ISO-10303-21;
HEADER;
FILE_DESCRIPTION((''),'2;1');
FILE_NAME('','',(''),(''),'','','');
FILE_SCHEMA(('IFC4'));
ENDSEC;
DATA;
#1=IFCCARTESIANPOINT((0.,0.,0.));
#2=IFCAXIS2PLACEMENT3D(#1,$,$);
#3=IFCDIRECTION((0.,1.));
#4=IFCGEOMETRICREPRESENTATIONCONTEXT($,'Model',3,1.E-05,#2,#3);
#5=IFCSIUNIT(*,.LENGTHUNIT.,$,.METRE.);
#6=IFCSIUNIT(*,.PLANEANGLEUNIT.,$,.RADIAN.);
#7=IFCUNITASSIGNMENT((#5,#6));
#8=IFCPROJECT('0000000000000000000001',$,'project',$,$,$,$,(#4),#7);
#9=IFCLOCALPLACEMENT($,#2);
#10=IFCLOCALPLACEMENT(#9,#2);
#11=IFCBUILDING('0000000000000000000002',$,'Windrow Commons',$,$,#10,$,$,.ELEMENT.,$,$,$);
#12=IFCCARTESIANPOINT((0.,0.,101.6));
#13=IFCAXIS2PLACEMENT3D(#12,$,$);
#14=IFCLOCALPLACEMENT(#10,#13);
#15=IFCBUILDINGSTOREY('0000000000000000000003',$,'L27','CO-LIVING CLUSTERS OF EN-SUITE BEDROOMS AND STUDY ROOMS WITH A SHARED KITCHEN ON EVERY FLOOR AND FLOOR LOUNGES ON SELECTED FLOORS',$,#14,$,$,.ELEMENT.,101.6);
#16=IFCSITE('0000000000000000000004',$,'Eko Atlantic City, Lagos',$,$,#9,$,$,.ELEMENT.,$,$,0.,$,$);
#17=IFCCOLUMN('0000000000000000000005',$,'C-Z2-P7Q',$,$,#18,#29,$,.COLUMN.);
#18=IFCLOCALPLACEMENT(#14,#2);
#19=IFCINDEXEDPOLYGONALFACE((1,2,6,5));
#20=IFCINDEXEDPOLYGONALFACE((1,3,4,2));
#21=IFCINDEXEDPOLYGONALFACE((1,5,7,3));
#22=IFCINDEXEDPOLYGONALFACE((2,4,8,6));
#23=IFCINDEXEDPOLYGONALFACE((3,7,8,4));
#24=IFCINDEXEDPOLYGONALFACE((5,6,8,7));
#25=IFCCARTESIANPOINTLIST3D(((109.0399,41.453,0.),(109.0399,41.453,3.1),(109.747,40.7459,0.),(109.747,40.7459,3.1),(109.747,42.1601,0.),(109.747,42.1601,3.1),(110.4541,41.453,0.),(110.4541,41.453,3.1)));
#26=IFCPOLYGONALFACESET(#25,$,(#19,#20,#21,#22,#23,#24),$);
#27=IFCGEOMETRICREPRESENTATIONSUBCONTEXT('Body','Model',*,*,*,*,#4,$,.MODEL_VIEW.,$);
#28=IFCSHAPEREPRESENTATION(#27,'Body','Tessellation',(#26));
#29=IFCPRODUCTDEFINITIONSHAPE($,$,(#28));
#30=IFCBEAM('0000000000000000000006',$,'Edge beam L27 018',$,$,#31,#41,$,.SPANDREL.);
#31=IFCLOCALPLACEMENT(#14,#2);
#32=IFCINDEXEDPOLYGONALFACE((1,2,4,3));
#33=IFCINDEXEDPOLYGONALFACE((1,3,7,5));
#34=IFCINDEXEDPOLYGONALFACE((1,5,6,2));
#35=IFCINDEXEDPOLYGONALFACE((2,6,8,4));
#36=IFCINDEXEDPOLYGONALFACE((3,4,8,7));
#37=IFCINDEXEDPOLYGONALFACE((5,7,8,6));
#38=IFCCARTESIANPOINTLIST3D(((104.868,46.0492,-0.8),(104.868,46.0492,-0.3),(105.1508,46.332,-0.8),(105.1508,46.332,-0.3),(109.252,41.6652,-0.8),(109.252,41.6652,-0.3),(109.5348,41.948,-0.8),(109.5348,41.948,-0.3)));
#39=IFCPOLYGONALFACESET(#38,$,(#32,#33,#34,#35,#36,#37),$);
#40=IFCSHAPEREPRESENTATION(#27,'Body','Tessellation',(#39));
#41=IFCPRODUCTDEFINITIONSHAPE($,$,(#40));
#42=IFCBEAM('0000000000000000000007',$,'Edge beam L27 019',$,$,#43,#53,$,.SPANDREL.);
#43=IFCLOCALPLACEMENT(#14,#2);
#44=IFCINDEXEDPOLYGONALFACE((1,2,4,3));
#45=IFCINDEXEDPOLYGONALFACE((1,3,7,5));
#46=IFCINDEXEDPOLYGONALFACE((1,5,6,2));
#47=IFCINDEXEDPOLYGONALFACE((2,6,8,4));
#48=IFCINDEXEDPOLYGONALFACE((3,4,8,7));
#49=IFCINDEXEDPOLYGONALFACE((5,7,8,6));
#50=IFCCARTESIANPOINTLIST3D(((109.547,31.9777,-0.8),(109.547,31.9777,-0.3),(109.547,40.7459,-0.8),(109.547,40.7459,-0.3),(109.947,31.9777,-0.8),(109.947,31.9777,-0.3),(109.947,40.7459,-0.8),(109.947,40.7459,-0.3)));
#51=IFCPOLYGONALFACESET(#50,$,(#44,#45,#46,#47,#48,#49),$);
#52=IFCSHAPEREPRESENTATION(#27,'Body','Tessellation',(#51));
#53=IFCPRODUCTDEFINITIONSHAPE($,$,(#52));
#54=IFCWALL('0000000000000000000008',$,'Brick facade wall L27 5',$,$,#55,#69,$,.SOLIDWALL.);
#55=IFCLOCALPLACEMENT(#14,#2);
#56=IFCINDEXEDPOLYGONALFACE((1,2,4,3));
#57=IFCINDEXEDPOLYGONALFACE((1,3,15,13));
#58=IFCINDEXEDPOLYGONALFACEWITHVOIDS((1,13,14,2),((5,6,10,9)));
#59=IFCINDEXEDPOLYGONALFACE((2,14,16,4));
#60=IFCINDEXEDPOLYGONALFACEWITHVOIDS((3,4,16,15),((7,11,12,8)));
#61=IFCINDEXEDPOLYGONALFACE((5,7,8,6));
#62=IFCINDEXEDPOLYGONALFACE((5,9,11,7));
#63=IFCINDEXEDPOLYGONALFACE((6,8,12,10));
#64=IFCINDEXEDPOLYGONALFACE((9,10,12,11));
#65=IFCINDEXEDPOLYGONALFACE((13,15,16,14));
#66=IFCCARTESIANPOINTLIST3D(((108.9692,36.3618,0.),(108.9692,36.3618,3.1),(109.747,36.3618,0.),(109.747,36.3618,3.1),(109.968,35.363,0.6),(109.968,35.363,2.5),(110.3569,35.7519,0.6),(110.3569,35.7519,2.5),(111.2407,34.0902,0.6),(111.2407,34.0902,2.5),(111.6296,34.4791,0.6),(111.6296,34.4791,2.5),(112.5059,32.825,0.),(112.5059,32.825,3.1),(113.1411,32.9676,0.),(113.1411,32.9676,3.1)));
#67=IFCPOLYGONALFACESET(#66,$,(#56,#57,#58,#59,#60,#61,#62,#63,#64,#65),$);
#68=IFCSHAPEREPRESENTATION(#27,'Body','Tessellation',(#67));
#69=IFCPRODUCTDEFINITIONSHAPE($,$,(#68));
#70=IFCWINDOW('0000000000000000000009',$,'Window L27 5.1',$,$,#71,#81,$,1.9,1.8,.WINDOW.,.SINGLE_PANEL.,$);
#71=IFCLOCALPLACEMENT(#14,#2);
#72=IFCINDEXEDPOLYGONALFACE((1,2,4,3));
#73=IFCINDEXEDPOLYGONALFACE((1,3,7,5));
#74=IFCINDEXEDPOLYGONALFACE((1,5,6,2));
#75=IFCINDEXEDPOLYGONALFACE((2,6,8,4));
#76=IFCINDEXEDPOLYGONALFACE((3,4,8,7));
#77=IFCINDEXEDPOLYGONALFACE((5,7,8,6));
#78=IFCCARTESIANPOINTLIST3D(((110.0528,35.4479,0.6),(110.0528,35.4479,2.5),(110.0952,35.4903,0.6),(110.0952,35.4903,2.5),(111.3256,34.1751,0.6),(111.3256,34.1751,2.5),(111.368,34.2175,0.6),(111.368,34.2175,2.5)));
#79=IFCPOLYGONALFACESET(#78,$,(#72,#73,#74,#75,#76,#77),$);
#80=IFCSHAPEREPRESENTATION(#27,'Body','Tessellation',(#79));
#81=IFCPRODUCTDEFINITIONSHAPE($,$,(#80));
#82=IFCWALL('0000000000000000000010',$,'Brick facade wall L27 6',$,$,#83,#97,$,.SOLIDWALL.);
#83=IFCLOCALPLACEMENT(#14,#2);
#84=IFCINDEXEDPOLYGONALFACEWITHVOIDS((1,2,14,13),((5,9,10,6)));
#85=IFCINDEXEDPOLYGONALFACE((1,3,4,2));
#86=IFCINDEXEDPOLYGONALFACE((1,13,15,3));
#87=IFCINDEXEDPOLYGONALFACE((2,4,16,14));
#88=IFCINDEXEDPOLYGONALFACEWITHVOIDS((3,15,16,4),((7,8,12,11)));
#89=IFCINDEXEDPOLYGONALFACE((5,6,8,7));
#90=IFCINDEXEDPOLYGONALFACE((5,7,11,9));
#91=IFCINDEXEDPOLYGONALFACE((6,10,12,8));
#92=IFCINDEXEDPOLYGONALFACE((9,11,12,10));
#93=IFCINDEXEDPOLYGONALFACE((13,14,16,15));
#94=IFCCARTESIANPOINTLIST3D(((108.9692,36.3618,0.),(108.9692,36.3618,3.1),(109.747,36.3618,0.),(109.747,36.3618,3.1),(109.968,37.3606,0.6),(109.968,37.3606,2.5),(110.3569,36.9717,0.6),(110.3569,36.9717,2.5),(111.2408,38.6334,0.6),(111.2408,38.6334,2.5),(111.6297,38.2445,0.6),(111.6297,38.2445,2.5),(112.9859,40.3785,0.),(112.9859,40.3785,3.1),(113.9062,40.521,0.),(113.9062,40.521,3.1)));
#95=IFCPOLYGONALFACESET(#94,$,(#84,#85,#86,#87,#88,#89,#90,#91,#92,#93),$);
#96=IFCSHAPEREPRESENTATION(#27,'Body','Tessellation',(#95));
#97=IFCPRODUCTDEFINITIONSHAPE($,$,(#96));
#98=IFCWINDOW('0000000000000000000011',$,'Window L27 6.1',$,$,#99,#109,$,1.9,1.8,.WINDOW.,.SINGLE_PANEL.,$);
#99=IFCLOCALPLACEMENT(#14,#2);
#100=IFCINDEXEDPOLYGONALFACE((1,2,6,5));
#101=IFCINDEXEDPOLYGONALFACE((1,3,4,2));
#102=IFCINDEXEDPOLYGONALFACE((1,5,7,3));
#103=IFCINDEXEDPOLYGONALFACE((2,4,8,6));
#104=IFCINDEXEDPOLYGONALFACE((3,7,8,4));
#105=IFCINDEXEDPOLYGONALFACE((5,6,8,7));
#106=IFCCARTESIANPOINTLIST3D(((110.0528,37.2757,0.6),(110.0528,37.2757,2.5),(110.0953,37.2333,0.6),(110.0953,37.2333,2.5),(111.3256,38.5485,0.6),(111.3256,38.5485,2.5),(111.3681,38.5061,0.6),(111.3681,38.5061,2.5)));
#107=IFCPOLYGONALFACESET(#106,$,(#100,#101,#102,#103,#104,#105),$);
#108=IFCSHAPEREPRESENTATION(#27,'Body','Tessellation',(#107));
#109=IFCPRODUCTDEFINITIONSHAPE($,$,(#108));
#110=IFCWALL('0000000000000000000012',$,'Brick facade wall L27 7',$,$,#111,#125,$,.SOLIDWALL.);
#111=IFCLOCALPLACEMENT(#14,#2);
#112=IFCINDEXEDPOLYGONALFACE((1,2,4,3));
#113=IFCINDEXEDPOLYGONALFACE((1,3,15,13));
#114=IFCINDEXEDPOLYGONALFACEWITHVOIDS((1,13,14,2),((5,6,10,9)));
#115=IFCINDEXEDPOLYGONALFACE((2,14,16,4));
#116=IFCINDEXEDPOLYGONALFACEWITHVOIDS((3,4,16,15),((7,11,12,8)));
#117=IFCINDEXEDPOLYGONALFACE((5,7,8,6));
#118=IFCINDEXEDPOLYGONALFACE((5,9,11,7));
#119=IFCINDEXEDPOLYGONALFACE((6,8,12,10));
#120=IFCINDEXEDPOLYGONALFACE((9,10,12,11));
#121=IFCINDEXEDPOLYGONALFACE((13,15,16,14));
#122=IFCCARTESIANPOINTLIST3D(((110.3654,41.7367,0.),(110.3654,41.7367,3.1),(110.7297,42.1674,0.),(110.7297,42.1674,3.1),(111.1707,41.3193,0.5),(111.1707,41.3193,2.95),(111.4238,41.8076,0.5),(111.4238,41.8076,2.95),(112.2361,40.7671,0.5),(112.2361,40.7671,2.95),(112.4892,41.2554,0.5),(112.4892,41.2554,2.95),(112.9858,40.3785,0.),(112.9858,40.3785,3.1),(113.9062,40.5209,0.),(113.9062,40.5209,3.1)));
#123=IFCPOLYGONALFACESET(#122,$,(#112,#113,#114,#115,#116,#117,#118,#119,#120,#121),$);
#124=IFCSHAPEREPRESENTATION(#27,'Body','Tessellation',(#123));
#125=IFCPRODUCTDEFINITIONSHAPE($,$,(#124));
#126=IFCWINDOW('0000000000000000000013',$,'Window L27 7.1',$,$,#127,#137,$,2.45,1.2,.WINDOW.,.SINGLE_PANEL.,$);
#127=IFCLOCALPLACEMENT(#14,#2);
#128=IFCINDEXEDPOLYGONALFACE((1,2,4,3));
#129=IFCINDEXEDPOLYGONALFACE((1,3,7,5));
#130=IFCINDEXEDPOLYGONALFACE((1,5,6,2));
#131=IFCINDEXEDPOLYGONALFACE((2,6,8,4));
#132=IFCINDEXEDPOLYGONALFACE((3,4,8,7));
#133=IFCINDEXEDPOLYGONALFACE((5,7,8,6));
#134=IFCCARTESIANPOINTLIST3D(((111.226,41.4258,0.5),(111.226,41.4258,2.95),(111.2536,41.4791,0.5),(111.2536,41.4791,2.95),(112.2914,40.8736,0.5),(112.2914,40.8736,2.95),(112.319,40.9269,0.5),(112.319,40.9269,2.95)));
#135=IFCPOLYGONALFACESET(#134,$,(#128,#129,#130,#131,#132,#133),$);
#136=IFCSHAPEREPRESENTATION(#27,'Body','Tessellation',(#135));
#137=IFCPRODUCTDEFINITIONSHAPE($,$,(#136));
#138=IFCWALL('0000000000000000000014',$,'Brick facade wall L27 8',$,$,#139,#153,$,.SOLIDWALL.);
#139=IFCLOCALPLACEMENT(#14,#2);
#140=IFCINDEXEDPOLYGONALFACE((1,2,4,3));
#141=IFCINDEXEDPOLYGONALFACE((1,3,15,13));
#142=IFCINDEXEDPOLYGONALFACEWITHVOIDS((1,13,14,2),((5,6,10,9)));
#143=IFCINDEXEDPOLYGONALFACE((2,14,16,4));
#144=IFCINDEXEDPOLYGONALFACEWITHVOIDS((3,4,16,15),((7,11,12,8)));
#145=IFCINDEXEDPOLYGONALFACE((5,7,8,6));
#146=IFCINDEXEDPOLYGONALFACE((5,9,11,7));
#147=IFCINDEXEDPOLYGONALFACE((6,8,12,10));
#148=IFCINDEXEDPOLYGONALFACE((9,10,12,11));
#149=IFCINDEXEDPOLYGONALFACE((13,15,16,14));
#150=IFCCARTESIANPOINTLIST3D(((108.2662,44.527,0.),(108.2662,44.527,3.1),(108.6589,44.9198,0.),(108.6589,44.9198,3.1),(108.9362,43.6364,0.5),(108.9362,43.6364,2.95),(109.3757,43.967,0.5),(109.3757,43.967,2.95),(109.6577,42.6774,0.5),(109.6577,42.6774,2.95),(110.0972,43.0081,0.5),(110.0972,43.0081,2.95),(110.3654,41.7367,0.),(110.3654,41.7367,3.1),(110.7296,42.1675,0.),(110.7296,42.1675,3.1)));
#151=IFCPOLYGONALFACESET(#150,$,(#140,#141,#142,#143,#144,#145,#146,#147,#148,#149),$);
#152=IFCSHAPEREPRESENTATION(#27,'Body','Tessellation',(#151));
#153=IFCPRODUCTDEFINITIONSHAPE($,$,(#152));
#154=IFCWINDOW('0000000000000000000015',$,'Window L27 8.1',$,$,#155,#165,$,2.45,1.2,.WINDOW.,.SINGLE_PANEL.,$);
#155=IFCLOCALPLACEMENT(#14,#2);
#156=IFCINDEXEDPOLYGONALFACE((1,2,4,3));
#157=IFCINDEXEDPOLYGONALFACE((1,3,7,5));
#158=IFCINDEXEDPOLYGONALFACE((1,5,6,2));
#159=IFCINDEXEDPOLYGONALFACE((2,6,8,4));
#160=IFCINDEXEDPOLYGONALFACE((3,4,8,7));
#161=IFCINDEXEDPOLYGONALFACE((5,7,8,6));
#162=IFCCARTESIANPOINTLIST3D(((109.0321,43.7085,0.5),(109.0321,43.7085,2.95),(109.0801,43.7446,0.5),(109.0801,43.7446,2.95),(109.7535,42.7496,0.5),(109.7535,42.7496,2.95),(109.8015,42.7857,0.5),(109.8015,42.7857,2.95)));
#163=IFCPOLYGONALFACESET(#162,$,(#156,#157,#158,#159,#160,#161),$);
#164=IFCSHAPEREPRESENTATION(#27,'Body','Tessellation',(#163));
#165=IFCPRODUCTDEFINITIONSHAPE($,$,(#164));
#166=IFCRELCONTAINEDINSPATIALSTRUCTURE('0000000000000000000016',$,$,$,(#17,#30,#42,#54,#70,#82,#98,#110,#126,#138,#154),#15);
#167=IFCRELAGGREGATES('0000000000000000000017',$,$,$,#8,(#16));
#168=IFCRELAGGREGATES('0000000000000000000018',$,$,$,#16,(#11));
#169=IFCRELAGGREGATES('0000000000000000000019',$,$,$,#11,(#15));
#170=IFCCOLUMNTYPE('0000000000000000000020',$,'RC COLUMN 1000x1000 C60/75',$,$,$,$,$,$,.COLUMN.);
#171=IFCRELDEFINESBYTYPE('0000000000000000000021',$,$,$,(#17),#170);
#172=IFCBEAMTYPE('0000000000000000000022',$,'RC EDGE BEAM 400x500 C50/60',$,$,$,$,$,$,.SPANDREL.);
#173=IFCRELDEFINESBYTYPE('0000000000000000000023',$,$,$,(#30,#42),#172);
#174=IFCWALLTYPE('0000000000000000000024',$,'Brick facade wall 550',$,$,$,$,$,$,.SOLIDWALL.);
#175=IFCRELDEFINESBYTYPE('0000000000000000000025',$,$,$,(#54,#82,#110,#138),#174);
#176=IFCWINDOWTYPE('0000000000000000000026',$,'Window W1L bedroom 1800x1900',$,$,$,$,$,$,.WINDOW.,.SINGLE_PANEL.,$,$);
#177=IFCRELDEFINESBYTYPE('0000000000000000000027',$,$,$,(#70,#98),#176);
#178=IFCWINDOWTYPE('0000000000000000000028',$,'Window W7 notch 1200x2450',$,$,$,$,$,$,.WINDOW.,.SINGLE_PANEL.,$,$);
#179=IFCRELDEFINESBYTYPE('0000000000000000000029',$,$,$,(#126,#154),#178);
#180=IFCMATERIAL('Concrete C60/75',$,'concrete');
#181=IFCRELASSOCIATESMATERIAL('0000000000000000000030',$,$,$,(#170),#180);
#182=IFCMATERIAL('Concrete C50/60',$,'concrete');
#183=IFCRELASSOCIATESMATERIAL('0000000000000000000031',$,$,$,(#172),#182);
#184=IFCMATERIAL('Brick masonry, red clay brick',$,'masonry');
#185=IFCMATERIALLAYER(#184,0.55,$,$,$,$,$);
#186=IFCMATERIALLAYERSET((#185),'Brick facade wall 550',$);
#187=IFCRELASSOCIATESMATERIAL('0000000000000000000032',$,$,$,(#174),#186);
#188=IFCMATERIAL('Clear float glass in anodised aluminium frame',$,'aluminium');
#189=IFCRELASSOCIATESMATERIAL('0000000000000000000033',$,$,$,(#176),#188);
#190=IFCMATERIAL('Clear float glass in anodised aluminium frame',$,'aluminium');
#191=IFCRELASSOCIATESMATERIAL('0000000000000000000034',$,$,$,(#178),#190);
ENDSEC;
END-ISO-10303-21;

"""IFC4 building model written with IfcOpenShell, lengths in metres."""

from ifc_helpers import new_model, si_unit, direction, frame, frame_2d, origin, origin_2d, place, context, subcontext, project, spatial, polyline, rectangle, outline, extrude, material, layer, layer_set, material_profile, profile_set, type_object, element, fill, save


model = new_model("IFC4")

# Units and contexts
model_context = context("Model", 3, precision=1e-05, world=origin(), true_north=direction((0.0, 1.0)))
body_context = subcontext(model_context, "Body", "Model", "MODEL_VIEW")
ifc_project = project(units=[si_unit("LENGTHUNIT", "METRE"), si_unit("PLANEANGLEUNIT", "RADIAN")], contexts=[model_context])

# Site, building, storey
site_placement = place(None, origin())
site = spatial("IfcSite", under=ifc_project, at=site_placement, Name="Eko Atlantic City, Lagos", CompositionType="ELEMENT", RefElevation=0.0)
building_placement = place(site_placement, origin())
building = spatial("IfcBuilding", under=site, at=building_placement, Name="Windrow Commons", CompositionType="ELEMENT")
storey_placement = place(building_placement, frame((0.0, 0.0, 101.6)))
storey = spatial("IfcBuildingStorey", under=building, at=storey_placement, Name="L27", Description="CO-LIVING CLUSTERS OF EN-SUITE BEDROOMS AND STUDY ROOMS WITH A SHARED KITCHEN ON EVERY FLOOR AND FLOOR LOUNGES ON SELECTED FLOORS", CompositionType="ELEMENT", Elevation=101.6)

# Column
ifc_material_1 = material(Name="Concrete C60/75", Category="concrete")
ifc_material_profile_1 = material_profile(ifc_material_1, rectangle(XDim=1.0, YDim=1.0, at=origin_2d()))
ifc_profile_set_1 = profile_set([ifc_material_profile_1], Name="Concrete C60/75")
column_type = type_object("IfcColumnType", Name="RC COLUMN 1000x1000 C60/75", PredefinedType="COLUMN", material=ifc_profile_set_1)
column_placement = place(storey_placement, frame((109.747, 41.453, 0.0), z_axis=(0.0, 0.0, 1.0), x_axis=(0.707107, -0.707107, 0.0)))
element("IfcColumn", 1, at=column_placement, inside=storey, type_object=column_type, Name="C-Z2-P7Q", PredefinedType="COLUMN", context=body_context, shape_type="SweptSolid", body=[
    extrude(rectangle(XDim=1.0, YDim=1.0, at=origin_2d()), origin(), (0.0, 0.0, 1.0), 3.1),
])

# Beams
ifc_material_2 = material(Name="Concrete C50/60", Category="concrete")
ifc_material_profile_2 = material_profile(ifc_material_2, rectangle(XDim=0.4, YDim=0.5, at=origin_2d()))
ifc_profile_set_2 = profile_set([ifc_material_profile_2], Name="Concrete C50/60")
beam_type = type_object("IfcBeamType", Name="RC EDGE BEAM 400x500 C50/60", PredefinedType="SPANDREL", material=ifc_profile_set_2)
beam_1_placement = place(storey_placement, frame((105.0094, 46.1906, -0.55), z_axis=(0.707107, -0.707107, 0.0), x_axis=(0.707107, 0.707107, 0.0)))
element("IfcBeam", 2, at=beam_1_placement, inside=storey, type_object=beam_type, Name="Edge beam L27 018", PredefinedType="SPANDREL", context=body_context, shape_type="SweptSolid", body=[
    extrude(rectangle(XDim=0.4, YDim=0.5, at=origin_2d()), origin(), (0.0, 0.0, 1.0), 6.1999),
])
beam_2_placement = place(storey_placement, frame((109.747, 40.7459, -0.55), z_axis=(0.0, -1.0, 0.0), x_axis=(1.0, 0.0, 0.0)))
element("IfcBeam", 3, at=beam_2_placement, inside=storey, type_object=beam_type, Name="Edge beam L27 019", PredefinedType="SPANDREL", context=body_context, shape_type="SweptSolid", body=[
    extrude(rectangle(XDim=0.4, YDim=0.5, at=origin_2d()), origin(), (0.0, 0.0, 1.0), 8.7682),
])

# Walls, openings, windows
ifc_material_3 = material(Name="Brick masonry, red clay brick", Category="masonry")
ifc_layer_1 = layer(ifc_material_3, 0.55)
ifc_layer_set_1 = layer_set([ifc_layer_1], Name="Brick facade wall 550")
wall_type_1 = type_object("IfcWallType", Name="Brick facade wall 550", PredefinedType="SOLIDWALL", material=ifc_layer_set_1)
wall_1_placement = place(storey_placement, frame((112.8235, 32.8963, 0.0), z_axis=(0.0, 0.0, 1.0), x_axis=(-0.707097, 0.707117, 0.0)))
wall_1 = element("IfcWall", 4, at=wall_1_placement, inside=storey, type_object=wall_type_1, Name="Brick facade wall L27 5", PredefinedType="SOLIDWALL", context=body_context, shape_type="SweptSolid", body=[
    extrude(outline(polyline([(-0.1741, -0.275), (4.6259, -0.275), (5.1759, 0.275), (0.1741, 0.275), (-0.1741, -0.275)])), origin(), (0.0, 0.0, 1.0), 3.1),
])
opening_1_placement = place(wall_1_placement, frame((1.9634, 0.0, 0.6)))
opening_1 = element("IfcOpeningElement", 5, at=opening_1_placement, cuts=wall_1, PredefinedType="OPENING", context=body_context, shape_type="SweptSolid", body=[
    extrude(rectangle(XDim=1.8, YDim=1.9, at=frame_2d((0.9, 0.95))), frame((0.0, 0.285, 0.0), z_axis=(0.0, -1.0, 0.0), x_axis=(1.0, 0.0, 0.0)), (0.0, 0.0, 1.0), 0.57),
])
ifc_material_4 = material(Name="Clear float glass in anodised aluminium frame", Category="aluminium")
window_type_1 = type_object("IfcWindowType", Name="Window W1L bedroom 1800x1900", PartitioningType="SINGLE_PANEL", PredefinedType="WINDOW", material=ifc_material_4)
window_1_placement = place(opening_1_placement, origin())
window_1 = element("IfcWindow", 6, at=window_1_placement, inside=storey, type_object=window_type_1, Name="Window L27 5.1", OverallHeight=1.9, OverallWidth=1.8, PartitioningType="SINGLE_PANEL", PredefinedType="WINDOW", context=body_context, shape_type="SweptSolid", body=[
    extrude(rectangle(XDim=1.8, YDim=1.9, at=frame_2d((0.9, 0.95))), frame((0.0, 0.155, 0.0), z_axis=(0.0, -1.0, 0.0), x_axis=(1.0, 0.0, 0.0)), (0.0, 0.0, 1.0), 0.06),
])
fill(opening_1, window_1)
wall_2_placement = place(storey_placement, frame((109.3581, 36.3618, 0.0), z_axis=(0.0, 0.0, 1.0), x_axis=(0.707107, 0.707107, 0.0)))
wall_2 = element("IfcWall", 7, at=wall_2_placement, inside=storey, type_object=wall_type_1, Name="Brick facade wall L27 6", PredefinedType="SOLIDWALL", context=body_context, shape_type="SweptSolid", body=[
    extrude(outline(polyline([(0.275, -0.275), (6.157, -0.275), (5.4055, 0.275), (-0.275, 0.275), (0.275, -0.275)])), origin(), (0.0, 0.0, 1.0), 3.1),
])
opening_2_placement = place(wall_2_placement, frame((1.1375, 0.0, 0.6)))
opening_2 = element("IfcOpeningElement", 8, at=opening_2_placement, cuts=wall_2, PredefinedType="OPENING", context=body_context, shape_type="SweptSolid", body=[
    extrude(rectangle(XDim=1.8, YDim=1.9, at=frame_2d((0.9, 0.95))), frame((0.0, 0.285, 0.0), z_axis=(0.0, -1.0, 0.0), x_axis=(1.0, 0.0, 0.0)), (0.0, 0.0, 1.0), 0.57),
])
window_2_placement = place(opening_2_placement, origin())
window_2 = element("IfcWindow", 9, at=window_2_placement, inside=storey, type_object=window_type_1, Name="Window L27 6.1", OverallHeight=1.9, OverallWidth=1.8, PartitioningType="SINGLE_PANEL", PredefinedType="WINDOW", context=body_context, shape_type="SweptSolid", body=[
    extrude(rectangle(XDim=1.8, YDim=1.9, at=frame_2d((0.9, 0.95))), frame((0.0, 0.155, 0.0), z_axis=(0.0, -1.0, 0.0), x_axis=(1.0, 0.0, 0.0)), (0.0, 0.0, 1.0), 0.06),
])
fill(opening_2, window_2)
wall_3_placement = place(storey_placement, frame((113.446, 40.4497, 0.0), z_axis=(0.0, 0.0, 1.0), x_axis=(-0.88782, 0.46019, 0.0)))
wall_3 = element("IfcWall", 10, at=wall_3_placement, inside=storey, type_object=wall_type_1, Name="Brick facade wall L27 7", PredefinedType="SOLIDWALL", context=body_context, shape_type="SweptSolid", body=[
    extrude(outline(polyline([(-0.3758, -0.275), (3.2021, -0.275), (3.3273, 0.275), (0.3758, 0.275), (-0.3758, -0.275)])), origin(), (0.0, 0.0, 1.0), 3.1),
])
opening_3_placement = place(wall_3_placement, frame((1.2202, 0.0, 0.5)))
opening_3 = element("IfcOpeningElement", 11, at=opening_3_placement, cuts=wall_3, PredefinedType="OPENING", context=body_context, shape_type="SweptSolid", body=[
    extrude(rectangle(XDim=1.2, YDim=2.45, at=frame_2d((0.6, 1.225))), frame((0.0, 0.285, 0.0), z_axis=(0.0, -1.0, 0.0), x_axis=(1.0, 0.0, 0.0)), (0.0, 0.0, 1.0), 0.57),
])
ifc_material_5 = material(Name="Clear float glass in anodised aluminium frame", Category="aluminium")
window_type_2 = type_object("IfcWindowType", Name="Window W7 notch 1200x2450", PartitioningType="SINGLE_PANEL", PredefinedType="WINDOW", material=ifc_material_5)
window_3_placement = place(opening_3_placement, origin())
window_3 = element("IfcWindow", 12, at=window_3_placement, inside=storey, type_object=window_type_2, Name="Window L27 7.1", OverallHeight=2.45, OverallWidth=1.2, PartitioningType="SINGLE_PANEL", PredefinedType="WINDOW", context=body_context, shape_type="SweptSolid", body=[
    extrude(rectangle(XDim=1.2, YDim=2.45, at=frame_2d((0.6, 1.225))), frame((0.0, 0.155, 0.0), z_axis=(0.0, -1.0, 0.0), x_axis=(1.0, 0.0, 0.0)), (0.0, 0.0, 1.0), 0.06),
])
fill(opening_3, window_3)
wall_4_placement = place(storey_placement, frame((110.5475, 41.9521, 0.0), z_axis=(0.0, 0.0, 1.0), x_axis=(-0.601199, 0.799099, 0.0)))
wall_4 = element("IfcWall", 13, at=wall_4_placement, inside=storey, type_object=wall_type_1, Name="Brick facade wall L27 8", PredefinedType="SOLIDWALL", context=body_context, shape_type="SweptSolid", body=[
    extrude(outline(polyline([(0.0626, -0.275), (3.5069, -0.275), (3.4291, 0.275), (-0.0626, 0.275), (0.0626, -0.275)])), origin(), (0.0, 0.0, 1.0), 3.1),
])
opening_4_placement = place(wall_4_placement, frame((1.1146, 0.0, 0.5)))
opening_4 = element("IfcOpeningElement", 14, at=opening_4_placement, cuts=wall_4, PredefinedType="OPENING", context=body_context, shape_type="SweptSolid", body=[
    extrude(rectangle(XDim=1.2, YDim=2.45, at=frame_2d((0.6, 1.225))), frame((0.0, 0.285, 0.0), z_axis=(0.0, -1.0, 0.0), x_axis=(1.0, 0.0, 0.0)), (0.0, 0.0, 1.0), 0.57),
])
window_4_placement = place(opening_4_placement, origin())
window_4 = element("IfcWindow", 15, at=window_4_placement, inside=storey, type_object=window_type_2, Name="Window L27 8.1", OverallHeight=2.45, OverallWidth=1.2, PartitioningType="SINGLE_PANEL", PredefinedType="WINDOW", context=body_context, shape_type="SweptSolid", body=[
    extrude(rectangle(XDim=1.2, YDim=2.45, at=frame_2d((0.6, 1.225))), frame((0.0, 0.155, 0.0), z_axis=(0.0, -1.0, 0.0), x_axis=(1.0, 0.0, 0.0)), (0.0, 0.0, 1.0), 0.06),
])
fill(opening_4, window_4)

save(model, "model.ifc")
